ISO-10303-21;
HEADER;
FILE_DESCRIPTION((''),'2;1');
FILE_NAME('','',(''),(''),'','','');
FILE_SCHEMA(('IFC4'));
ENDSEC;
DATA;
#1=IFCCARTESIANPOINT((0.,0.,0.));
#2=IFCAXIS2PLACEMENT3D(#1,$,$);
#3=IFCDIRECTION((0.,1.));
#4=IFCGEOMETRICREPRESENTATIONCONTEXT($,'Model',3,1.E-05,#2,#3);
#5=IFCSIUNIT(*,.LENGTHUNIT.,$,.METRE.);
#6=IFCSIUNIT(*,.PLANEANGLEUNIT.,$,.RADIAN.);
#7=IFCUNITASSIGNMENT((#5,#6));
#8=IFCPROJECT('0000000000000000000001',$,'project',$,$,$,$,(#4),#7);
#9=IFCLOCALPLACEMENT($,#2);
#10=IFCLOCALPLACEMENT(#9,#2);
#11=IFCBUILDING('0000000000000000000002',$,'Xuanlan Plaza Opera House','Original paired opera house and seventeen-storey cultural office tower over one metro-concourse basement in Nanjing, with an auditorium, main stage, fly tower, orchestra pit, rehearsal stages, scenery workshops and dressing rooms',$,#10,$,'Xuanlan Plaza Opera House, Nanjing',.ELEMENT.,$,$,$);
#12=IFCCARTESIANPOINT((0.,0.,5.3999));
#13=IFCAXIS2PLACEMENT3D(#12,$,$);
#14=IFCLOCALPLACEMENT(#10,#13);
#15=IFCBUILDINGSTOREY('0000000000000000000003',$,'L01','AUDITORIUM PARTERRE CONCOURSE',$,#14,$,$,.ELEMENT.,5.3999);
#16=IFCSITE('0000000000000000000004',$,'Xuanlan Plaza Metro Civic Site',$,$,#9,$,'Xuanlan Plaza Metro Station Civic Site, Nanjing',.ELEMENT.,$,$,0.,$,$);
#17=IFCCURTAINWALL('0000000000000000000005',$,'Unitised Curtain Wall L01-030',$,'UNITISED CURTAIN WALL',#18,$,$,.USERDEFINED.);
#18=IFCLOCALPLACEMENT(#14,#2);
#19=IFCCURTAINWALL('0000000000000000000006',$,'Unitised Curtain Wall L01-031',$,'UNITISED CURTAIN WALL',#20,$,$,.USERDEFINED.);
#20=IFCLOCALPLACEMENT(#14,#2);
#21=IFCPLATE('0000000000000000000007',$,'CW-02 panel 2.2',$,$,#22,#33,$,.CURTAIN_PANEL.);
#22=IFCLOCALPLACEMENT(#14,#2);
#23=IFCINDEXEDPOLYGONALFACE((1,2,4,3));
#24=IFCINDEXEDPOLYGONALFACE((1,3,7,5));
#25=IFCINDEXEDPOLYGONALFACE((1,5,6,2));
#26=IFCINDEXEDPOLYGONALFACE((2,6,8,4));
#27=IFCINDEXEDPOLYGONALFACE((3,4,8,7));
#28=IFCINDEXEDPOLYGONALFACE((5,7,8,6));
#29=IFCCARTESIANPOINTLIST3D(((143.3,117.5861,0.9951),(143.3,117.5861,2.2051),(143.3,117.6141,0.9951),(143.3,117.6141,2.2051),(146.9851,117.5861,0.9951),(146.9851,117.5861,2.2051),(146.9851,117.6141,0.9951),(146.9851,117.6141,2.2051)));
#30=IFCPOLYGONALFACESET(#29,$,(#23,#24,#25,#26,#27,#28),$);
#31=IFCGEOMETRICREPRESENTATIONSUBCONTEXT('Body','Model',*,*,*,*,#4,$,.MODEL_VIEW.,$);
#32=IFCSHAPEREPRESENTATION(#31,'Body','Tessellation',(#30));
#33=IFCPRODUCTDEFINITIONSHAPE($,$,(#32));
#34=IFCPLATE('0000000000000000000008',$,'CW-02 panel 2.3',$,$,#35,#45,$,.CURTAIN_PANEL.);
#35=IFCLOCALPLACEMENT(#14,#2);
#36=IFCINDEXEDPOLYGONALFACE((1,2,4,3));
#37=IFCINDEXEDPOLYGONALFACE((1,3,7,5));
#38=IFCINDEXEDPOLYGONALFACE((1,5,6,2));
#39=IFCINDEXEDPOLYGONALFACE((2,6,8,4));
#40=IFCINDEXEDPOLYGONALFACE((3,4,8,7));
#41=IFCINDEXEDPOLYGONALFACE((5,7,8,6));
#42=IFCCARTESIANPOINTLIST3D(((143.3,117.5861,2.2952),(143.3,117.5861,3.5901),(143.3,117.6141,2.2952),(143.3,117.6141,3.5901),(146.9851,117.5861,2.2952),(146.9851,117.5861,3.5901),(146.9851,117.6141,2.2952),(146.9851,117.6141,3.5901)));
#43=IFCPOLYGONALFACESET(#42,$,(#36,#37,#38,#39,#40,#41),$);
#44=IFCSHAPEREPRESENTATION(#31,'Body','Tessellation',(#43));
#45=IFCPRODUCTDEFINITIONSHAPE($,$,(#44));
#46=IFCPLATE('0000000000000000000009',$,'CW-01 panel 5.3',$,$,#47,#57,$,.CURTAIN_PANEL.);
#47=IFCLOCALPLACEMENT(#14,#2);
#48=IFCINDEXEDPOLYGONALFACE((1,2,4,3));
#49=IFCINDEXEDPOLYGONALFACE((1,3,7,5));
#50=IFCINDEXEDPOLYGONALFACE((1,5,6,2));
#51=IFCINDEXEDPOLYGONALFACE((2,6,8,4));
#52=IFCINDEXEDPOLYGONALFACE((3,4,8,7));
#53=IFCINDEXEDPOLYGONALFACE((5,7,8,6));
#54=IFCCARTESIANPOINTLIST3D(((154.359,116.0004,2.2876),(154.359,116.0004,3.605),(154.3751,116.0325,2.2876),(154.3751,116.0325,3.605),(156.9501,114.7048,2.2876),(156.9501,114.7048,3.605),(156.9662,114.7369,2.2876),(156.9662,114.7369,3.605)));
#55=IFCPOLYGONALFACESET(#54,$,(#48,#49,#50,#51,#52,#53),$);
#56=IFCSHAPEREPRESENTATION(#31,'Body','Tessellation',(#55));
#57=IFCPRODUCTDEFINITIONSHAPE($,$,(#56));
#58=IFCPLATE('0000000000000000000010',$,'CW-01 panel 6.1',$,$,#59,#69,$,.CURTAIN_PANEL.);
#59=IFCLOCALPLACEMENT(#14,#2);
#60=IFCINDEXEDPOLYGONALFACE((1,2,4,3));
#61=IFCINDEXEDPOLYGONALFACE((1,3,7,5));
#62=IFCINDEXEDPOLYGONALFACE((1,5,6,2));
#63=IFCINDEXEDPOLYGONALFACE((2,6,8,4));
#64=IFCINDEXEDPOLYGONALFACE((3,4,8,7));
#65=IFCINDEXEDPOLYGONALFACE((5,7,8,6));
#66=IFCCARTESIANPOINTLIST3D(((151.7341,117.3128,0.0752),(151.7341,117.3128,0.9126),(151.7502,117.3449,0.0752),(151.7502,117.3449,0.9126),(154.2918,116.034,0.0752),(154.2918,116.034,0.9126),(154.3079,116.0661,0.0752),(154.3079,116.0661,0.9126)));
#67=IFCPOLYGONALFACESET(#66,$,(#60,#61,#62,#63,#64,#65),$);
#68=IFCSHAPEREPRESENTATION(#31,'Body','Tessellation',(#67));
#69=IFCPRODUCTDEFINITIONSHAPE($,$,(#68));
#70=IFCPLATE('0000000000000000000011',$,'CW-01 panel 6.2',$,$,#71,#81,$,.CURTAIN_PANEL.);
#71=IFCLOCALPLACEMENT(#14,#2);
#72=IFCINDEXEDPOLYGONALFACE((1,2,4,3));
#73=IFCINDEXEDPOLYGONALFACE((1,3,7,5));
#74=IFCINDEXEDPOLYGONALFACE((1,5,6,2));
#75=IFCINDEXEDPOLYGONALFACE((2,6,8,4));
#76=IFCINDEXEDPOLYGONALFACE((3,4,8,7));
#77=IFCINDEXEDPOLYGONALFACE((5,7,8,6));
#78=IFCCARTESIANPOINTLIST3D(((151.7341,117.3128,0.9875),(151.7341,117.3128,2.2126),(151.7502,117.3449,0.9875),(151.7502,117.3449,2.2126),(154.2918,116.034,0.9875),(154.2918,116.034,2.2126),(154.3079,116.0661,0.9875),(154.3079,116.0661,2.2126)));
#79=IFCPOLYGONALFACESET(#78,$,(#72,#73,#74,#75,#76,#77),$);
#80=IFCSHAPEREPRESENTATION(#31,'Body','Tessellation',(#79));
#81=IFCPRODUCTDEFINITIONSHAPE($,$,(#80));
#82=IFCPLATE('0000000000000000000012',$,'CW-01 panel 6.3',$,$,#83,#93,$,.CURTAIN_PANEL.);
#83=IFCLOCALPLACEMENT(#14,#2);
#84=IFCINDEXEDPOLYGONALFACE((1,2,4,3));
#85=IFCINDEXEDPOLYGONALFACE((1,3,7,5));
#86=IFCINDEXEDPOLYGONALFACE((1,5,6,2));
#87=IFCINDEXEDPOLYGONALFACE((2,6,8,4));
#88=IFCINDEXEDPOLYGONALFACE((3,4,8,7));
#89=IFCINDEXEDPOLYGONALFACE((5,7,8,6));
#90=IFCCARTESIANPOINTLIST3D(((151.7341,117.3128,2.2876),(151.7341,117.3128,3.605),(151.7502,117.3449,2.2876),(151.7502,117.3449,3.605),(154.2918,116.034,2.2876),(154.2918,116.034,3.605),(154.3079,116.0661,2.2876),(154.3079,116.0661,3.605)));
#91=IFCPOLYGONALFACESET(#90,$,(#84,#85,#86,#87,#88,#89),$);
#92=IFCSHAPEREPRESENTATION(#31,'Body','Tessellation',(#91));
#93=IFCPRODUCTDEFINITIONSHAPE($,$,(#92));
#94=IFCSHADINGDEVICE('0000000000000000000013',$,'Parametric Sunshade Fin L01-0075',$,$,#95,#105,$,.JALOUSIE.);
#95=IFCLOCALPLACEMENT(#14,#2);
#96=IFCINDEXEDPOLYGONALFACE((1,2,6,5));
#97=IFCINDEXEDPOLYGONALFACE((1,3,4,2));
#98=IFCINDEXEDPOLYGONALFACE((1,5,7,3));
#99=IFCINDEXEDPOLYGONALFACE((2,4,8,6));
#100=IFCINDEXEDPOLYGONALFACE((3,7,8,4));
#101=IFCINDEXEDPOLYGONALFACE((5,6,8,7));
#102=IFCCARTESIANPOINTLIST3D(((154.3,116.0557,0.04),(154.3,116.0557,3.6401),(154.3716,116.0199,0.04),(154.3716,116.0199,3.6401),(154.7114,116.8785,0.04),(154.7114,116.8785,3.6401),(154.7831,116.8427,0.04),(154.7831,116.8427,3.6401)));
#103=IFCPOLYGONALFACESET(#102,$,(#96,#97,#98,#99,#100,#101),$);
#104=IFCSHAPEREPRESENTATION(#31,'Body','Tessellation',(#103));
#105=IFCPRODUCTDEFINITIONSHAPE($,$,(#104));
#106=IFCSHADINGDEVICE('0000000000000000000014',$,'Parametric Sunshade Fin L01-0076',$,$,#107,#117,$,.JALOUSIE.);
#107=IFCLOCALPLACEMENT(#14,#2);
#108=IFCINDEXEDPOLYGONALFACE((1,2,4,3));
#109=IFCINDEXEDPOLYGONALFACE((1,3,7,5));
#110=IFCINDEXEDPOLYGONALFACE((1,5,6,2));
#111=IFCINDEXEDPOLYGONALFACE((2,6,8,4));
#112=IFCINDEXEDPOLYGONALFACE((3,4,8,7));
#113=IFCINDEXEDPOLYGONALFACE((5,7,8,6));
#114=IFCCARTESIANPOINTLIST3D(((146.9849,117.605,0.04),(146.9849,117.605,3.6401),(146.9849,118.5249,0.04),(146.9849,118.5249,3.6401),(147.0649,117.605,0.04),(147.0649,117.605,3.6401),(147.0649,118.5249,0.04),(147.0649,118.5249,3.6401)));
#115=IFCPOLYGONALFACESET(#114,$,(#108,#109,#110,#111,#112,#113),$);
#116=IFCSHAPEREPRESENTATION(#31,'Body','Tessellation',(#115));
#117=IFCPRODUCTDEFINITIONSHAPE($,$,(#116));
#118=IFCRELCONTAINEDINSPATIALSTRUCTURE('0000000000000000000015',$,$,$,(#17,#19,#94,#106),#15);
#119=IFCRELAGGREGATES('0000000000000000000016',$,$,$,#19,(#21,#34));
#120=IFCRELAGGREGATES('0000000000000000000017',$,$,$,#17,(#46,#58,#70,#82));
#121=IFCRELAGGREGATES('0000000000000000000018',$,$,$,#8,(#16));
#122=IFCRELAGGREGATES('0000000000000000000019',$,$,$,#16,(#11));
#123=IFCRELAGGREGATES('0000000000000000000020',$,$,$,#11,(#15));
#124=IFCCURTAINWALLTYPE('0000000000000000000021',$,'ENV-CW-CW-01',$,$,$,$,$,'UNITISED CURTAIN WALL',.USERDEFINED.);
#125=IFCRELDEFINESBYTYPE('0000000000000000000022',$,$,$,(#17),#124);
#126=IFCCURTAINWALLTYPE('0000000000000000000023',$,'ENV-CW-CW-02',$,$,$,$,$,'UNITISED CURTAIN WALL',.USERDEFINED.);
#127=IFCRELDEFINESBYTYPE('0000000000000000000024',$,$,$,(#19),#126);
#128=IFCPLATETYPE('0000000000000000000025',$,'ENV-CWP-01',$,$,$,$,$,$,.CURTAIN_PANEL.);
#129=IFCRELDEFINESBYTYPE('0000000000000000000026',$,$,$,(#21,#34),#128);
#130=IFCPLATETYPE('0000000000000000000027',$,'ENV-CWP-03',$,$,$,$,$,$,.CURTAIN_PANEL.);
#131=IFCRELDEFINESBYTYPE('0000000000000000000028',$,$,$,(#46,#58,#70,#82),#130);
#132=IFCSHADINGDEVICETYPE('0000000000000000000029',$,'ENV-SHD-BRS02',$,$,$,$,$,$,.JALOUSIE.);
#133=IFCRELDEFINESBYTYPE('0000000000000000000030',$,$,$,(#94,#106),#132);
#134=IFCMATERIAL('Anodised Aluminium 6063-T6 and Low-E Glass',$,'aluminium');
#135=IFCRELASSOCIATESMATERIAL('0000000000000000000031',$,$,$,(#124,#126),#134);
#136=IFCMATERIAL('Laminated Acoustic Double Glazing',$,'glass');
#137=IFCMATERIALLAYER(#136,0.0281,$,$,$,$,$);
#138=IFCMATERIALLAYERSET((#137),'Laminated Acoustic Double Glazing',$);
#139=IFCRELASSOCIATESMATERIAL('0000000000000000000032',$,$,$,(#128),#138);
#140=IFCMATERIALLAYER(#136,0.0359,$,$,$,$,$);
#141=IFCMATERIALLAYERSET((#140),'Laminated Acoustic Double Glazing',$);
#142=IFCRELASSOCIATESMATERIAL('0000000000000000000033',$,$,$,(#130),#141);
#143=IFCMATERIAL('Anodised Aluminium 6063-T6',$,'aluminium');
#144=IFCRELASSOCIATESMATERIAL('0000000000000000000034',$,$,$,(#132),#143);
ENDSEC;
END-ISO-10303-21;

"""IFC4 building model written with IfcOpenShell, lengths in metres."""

from ifc_helpers import new_model, si_unit, direction, frame, origin, origin_2d, place, context, subcontext, project, spatial, rectangle, extrude, material, layer, layer_set, type_object, element, aggregate, save


model = new_model("IFC4")

# Units and contexts
model_context = context("Model", 3, precision=1e-05, world=origin(), true_north=direction((0.0, 1.0)))
body_context = subcontext(model_context, "Body", "Model", "MODEL_VIEW")
ifc_project = project(units=[si_unit("LENGTHUNIT", "METRE"), si_unit("PLANEANGLEUNIT", "RADIAN")], contexts=[model_context])

# Site, building, storey
site_placement = place(None, origin())
site = spatial("IfcSite", under=ifc_project, at=site_placement, Name="Xuanlan Plaza Metro Civic Site", LongName="Xuanlan Plaza Metro Station Civic Site, Nanjing", CompositionType="ELEMENT", RefElevation=0.0)
building_placement = place(site_placement, origin())
building = spatial("IfcBuilding", under=site, at=building_placement, Name="Xuanlan Plaza Opera House", Description="Original paired opera house and seventeen-storey cultural office tower over one metro-concourse basement in Nanjing, with an auditorium, main stage, fly tower, orchestra pit, rehearsal stages, scenery workshops and dressing rooms", LongName="Xuanlan Plaza Opera House, Nanjing", CompositionType="ELEMENT")
storey_placement = place(building_placement, frame((0.0, 0.0, 5.3999)))
storey = spatial("IfcBuildingStorey", under=building, at=storey_placement, Name="L01", Description="AUDITORIUM PARTERRE CONCOURSE", CompositionType="ELEMENT", Elevation=5.3999)

# Curtain walls
ifc_material_1 = material(Name="Anodised Aluminium 6063-T6 and Low-E Glass", Category="aluminium")
curtain_wall_type_1 = type_object("IfcCurtainWallType", Name="ENV-CW-CW-01", ElementType="UNITISED CURTAIN WALL", PredefinedType="USERDEFINED", material=ifc_material_1)
curtain_wall_1_placement = place(storey_placement, origin())
curtain_wall_1 = element("IfcCurtainWall", 1, at=curtain_wall_1_placement, inside=storey, type_object=curtain_wall_type_1, Name="Unitised Curtain Wall L01-030", ObjectType="UNITISED CURTAIN WALL", PredefinedType="USERDEFINED")
ifc_material_2 = material(Name="Anodised Aluminium 6063-T6", Category="aluminium")
curtain_wall_type_2 = type_object("IfcCurtainWallType", Name="ENV-CW-CW-02", ElementType="UNITISED CURTAIN WALL", PredefinedType="USERDEFINED", material=ifc_material_1)
curtain_wall_2_placement = place(storey_placement, origin())
curtain_wall_2 = element("IfcCurtainWall", 2, at=curtain_wall_2_placement, inside=storey, type_object=curtain_wall_type_2, Name="Unitised Curtain Wall L01-031", ObjectType="UNITISED CURTAIN WALL", PredefinedType="USERDEFINED")

# Plates
ifc_material_3 = material(Name="Laminated Acoustic Double Glazing", Category="glass")
ifc_layer_1 = layer(ifc_material_3, 0.0281)
ifc_layer_set_1 = layer_set([ifc_layer_1], Name="Laminated Acoustic Double Glazing")
plate_type_1 = type_object("IfcPlateType", Name="ENV-CWP-01", PredefinedType="CURTAIN_PANEL", material=ifc_layer_set_1)
plate_1_placement = place(storey_placement, frame((145.1426, 117.6001, 0.9951), z_axis=(0.0, 0.0, 1.0), x_axis=(-1.0, 0.0, 0.0)))
plate_1 = element("IfcPlate", 3, at=plate_1_placement, type_object=plate_type_1, Name="CW-02 panel 2.2", PredefinedType="CURTAIN_PANEL", context=body_context, shape_type="SweptSolid", body=[
    extrude(rectangle(XDim=3.6851, YDim=0.0281, at=origin_2d()), origin(), (0.0, 0.0, 1.0), 1.21),
])
plate_2_placement = place(storey_placement, frame((145.1426, 117.6001, 2.2952), z_axis=(0.0, 0.0, 1.0), x_axis=(-1.0, 0.0, 0.0)))
plate_2 = element("IfcPlate", 4, at=plate_2_placement, type_object=plate_type_1, Name="CW-02 panel 2.3", PredefinedType="CURTAIN_PANEL", context=body_context, shape_type="SweptSolid", body=[
    extrude(rectangle(XDim=3.6851, YDim=0.0281, at=origin_2d()), origin(), (0.0, 0.0, 1.0), 1.2949),
])
aggregate(curtain_wall_2, [plate_1, plate_2])
ifc_layer_2 = layer(ifc_material_3, 0.0359)
ifc_layer_set_2 = layer_set([ifc_layer_2], Name="Laminated Acoustic Double Glazing")
plate_type_2 = type_object("IfcPlateType", Name="ENV-CWP-03", PredefinedType="CURTAIN_PANEL", material=ifc_layer_set_2)
plate_3_placement = place(storey_placement, frame((155.6626, 115.3687, 2.2876), z_axis=(0.0, 0.0, 1.0), x_axis=(-0.894427, 0.447214, 0.0)))
plate_3 = element("IfcPlate", 5, at=plate_3_placement, type_object=plate_type_2, Name="CW-01 panel 5.3", PredefinedType="CURTAIN_PANEL", context=body_context, shape_type="SweptSolid", body=[
    extrude(rectangle(XDim=2.897, YDim=0.0359, at=origin_2d()), origin(), (0.0, 0.0, 1.0), 1.3174),
])
plate_4_placement = place(storey_placement, frame((153.021, 116.6895, 0.0752), z_axis=(0.0, 0.0, 1.0), x_axis=(-0.894427, 0.447214, 0.0)))
plate_4 = element("IfcPlate", 6, at=plate_4_placement, type_object=plate_type_2, Name="CW-01 panel 6.1", PredefinedType="CURTAIN_PANEL", context=body_context, shape_type="SweptSolid", body=[
    extrude(rectangle(XDim=2.8596, YDim=0.0359, at=origin_2d()), origin(), (0.0, 0.0, 1.0), 0.8374),
])
plate_5_placement = place(storey_placement, frame((153.021, 116.6895, 0.9875), z_axis=(0.0, 0.0, 1.0), x_axis=(-0.894427, 0.447214, 0.0)))
plate_5 = element("IfcPlate", 7, at=plate_5_placement, type_object=plate_type_2, Name="CW-01 panel 6.2", PredefinedType="CURTAIN_PANEL", context=body_context, shape_type="SweptSolid", body=[
    extrude(rectangle(XDim=2.8596, YDim=0.0359, at=origin_2d()), origin(), (0.0, 0.0, 1.0), 1.2251),
])
plate_6_placement = place(storey_placement, frame((153.021, 116.6895, 2.2876), z_axis=(0.0, 0.0, 1.0), x_axis=(-0.894427, 0.447214, 0.0)))
plate_6 = element("IfcPlate", 8, at=plate_6_placement, type_object=plate_type_2, Name="CW-01 panel 6.3", PredefinedType="CURTAIN_PANEL", context=body_context, shape_type="SweptSolid", body=[
    extrude(rectangle(XDim=2.8596, YDim=0.0359, at=origin_2d()), origin(), (0.0, 0.0, 1.0), 1.3174),
])
aggregate(curtain_wall_1, [plate_3, plate_4, plate_5, plate_6])

# Shading devices
shading_device_type = type_object("IfcShadingDeviceType", Name="ENV-SHD-BRS02", PredefinedType="JALOUSIE", material=ifc_material_2)
for number, where, z_axis, x_axis, name in (
    (9, (154.5415, 116.4492, 0.04), (0.0, 0.0, 1.0), (0.447291, 0.894389, 0.0), "Parametric Sunshade Fin L01-0075"),
    (10, (147.0249, 118.0649, 0.04), (0.0, 0.0, 1.0), (0.0, 1.0, 0.0), "Parametric Sunshade Fin L01-0076"),
):
    element("IfcShadingDevice", number, at=place(storey_placement, frame(where, z_axis=z_axis, x_axis=x_axis)), inside=storey, type_object=shading_device_type, Name=name, PredefinedType="JALOUSIE", context=body_context, shape_type="SweptSolid", body=[
        extrude(rectangle(XDim=0.9199, YDim=0.0801, at=origin_2d()), origin(), (0.0, 0.0, 1.0), 3.6001),
    ])

save(model, "model.ifc")
